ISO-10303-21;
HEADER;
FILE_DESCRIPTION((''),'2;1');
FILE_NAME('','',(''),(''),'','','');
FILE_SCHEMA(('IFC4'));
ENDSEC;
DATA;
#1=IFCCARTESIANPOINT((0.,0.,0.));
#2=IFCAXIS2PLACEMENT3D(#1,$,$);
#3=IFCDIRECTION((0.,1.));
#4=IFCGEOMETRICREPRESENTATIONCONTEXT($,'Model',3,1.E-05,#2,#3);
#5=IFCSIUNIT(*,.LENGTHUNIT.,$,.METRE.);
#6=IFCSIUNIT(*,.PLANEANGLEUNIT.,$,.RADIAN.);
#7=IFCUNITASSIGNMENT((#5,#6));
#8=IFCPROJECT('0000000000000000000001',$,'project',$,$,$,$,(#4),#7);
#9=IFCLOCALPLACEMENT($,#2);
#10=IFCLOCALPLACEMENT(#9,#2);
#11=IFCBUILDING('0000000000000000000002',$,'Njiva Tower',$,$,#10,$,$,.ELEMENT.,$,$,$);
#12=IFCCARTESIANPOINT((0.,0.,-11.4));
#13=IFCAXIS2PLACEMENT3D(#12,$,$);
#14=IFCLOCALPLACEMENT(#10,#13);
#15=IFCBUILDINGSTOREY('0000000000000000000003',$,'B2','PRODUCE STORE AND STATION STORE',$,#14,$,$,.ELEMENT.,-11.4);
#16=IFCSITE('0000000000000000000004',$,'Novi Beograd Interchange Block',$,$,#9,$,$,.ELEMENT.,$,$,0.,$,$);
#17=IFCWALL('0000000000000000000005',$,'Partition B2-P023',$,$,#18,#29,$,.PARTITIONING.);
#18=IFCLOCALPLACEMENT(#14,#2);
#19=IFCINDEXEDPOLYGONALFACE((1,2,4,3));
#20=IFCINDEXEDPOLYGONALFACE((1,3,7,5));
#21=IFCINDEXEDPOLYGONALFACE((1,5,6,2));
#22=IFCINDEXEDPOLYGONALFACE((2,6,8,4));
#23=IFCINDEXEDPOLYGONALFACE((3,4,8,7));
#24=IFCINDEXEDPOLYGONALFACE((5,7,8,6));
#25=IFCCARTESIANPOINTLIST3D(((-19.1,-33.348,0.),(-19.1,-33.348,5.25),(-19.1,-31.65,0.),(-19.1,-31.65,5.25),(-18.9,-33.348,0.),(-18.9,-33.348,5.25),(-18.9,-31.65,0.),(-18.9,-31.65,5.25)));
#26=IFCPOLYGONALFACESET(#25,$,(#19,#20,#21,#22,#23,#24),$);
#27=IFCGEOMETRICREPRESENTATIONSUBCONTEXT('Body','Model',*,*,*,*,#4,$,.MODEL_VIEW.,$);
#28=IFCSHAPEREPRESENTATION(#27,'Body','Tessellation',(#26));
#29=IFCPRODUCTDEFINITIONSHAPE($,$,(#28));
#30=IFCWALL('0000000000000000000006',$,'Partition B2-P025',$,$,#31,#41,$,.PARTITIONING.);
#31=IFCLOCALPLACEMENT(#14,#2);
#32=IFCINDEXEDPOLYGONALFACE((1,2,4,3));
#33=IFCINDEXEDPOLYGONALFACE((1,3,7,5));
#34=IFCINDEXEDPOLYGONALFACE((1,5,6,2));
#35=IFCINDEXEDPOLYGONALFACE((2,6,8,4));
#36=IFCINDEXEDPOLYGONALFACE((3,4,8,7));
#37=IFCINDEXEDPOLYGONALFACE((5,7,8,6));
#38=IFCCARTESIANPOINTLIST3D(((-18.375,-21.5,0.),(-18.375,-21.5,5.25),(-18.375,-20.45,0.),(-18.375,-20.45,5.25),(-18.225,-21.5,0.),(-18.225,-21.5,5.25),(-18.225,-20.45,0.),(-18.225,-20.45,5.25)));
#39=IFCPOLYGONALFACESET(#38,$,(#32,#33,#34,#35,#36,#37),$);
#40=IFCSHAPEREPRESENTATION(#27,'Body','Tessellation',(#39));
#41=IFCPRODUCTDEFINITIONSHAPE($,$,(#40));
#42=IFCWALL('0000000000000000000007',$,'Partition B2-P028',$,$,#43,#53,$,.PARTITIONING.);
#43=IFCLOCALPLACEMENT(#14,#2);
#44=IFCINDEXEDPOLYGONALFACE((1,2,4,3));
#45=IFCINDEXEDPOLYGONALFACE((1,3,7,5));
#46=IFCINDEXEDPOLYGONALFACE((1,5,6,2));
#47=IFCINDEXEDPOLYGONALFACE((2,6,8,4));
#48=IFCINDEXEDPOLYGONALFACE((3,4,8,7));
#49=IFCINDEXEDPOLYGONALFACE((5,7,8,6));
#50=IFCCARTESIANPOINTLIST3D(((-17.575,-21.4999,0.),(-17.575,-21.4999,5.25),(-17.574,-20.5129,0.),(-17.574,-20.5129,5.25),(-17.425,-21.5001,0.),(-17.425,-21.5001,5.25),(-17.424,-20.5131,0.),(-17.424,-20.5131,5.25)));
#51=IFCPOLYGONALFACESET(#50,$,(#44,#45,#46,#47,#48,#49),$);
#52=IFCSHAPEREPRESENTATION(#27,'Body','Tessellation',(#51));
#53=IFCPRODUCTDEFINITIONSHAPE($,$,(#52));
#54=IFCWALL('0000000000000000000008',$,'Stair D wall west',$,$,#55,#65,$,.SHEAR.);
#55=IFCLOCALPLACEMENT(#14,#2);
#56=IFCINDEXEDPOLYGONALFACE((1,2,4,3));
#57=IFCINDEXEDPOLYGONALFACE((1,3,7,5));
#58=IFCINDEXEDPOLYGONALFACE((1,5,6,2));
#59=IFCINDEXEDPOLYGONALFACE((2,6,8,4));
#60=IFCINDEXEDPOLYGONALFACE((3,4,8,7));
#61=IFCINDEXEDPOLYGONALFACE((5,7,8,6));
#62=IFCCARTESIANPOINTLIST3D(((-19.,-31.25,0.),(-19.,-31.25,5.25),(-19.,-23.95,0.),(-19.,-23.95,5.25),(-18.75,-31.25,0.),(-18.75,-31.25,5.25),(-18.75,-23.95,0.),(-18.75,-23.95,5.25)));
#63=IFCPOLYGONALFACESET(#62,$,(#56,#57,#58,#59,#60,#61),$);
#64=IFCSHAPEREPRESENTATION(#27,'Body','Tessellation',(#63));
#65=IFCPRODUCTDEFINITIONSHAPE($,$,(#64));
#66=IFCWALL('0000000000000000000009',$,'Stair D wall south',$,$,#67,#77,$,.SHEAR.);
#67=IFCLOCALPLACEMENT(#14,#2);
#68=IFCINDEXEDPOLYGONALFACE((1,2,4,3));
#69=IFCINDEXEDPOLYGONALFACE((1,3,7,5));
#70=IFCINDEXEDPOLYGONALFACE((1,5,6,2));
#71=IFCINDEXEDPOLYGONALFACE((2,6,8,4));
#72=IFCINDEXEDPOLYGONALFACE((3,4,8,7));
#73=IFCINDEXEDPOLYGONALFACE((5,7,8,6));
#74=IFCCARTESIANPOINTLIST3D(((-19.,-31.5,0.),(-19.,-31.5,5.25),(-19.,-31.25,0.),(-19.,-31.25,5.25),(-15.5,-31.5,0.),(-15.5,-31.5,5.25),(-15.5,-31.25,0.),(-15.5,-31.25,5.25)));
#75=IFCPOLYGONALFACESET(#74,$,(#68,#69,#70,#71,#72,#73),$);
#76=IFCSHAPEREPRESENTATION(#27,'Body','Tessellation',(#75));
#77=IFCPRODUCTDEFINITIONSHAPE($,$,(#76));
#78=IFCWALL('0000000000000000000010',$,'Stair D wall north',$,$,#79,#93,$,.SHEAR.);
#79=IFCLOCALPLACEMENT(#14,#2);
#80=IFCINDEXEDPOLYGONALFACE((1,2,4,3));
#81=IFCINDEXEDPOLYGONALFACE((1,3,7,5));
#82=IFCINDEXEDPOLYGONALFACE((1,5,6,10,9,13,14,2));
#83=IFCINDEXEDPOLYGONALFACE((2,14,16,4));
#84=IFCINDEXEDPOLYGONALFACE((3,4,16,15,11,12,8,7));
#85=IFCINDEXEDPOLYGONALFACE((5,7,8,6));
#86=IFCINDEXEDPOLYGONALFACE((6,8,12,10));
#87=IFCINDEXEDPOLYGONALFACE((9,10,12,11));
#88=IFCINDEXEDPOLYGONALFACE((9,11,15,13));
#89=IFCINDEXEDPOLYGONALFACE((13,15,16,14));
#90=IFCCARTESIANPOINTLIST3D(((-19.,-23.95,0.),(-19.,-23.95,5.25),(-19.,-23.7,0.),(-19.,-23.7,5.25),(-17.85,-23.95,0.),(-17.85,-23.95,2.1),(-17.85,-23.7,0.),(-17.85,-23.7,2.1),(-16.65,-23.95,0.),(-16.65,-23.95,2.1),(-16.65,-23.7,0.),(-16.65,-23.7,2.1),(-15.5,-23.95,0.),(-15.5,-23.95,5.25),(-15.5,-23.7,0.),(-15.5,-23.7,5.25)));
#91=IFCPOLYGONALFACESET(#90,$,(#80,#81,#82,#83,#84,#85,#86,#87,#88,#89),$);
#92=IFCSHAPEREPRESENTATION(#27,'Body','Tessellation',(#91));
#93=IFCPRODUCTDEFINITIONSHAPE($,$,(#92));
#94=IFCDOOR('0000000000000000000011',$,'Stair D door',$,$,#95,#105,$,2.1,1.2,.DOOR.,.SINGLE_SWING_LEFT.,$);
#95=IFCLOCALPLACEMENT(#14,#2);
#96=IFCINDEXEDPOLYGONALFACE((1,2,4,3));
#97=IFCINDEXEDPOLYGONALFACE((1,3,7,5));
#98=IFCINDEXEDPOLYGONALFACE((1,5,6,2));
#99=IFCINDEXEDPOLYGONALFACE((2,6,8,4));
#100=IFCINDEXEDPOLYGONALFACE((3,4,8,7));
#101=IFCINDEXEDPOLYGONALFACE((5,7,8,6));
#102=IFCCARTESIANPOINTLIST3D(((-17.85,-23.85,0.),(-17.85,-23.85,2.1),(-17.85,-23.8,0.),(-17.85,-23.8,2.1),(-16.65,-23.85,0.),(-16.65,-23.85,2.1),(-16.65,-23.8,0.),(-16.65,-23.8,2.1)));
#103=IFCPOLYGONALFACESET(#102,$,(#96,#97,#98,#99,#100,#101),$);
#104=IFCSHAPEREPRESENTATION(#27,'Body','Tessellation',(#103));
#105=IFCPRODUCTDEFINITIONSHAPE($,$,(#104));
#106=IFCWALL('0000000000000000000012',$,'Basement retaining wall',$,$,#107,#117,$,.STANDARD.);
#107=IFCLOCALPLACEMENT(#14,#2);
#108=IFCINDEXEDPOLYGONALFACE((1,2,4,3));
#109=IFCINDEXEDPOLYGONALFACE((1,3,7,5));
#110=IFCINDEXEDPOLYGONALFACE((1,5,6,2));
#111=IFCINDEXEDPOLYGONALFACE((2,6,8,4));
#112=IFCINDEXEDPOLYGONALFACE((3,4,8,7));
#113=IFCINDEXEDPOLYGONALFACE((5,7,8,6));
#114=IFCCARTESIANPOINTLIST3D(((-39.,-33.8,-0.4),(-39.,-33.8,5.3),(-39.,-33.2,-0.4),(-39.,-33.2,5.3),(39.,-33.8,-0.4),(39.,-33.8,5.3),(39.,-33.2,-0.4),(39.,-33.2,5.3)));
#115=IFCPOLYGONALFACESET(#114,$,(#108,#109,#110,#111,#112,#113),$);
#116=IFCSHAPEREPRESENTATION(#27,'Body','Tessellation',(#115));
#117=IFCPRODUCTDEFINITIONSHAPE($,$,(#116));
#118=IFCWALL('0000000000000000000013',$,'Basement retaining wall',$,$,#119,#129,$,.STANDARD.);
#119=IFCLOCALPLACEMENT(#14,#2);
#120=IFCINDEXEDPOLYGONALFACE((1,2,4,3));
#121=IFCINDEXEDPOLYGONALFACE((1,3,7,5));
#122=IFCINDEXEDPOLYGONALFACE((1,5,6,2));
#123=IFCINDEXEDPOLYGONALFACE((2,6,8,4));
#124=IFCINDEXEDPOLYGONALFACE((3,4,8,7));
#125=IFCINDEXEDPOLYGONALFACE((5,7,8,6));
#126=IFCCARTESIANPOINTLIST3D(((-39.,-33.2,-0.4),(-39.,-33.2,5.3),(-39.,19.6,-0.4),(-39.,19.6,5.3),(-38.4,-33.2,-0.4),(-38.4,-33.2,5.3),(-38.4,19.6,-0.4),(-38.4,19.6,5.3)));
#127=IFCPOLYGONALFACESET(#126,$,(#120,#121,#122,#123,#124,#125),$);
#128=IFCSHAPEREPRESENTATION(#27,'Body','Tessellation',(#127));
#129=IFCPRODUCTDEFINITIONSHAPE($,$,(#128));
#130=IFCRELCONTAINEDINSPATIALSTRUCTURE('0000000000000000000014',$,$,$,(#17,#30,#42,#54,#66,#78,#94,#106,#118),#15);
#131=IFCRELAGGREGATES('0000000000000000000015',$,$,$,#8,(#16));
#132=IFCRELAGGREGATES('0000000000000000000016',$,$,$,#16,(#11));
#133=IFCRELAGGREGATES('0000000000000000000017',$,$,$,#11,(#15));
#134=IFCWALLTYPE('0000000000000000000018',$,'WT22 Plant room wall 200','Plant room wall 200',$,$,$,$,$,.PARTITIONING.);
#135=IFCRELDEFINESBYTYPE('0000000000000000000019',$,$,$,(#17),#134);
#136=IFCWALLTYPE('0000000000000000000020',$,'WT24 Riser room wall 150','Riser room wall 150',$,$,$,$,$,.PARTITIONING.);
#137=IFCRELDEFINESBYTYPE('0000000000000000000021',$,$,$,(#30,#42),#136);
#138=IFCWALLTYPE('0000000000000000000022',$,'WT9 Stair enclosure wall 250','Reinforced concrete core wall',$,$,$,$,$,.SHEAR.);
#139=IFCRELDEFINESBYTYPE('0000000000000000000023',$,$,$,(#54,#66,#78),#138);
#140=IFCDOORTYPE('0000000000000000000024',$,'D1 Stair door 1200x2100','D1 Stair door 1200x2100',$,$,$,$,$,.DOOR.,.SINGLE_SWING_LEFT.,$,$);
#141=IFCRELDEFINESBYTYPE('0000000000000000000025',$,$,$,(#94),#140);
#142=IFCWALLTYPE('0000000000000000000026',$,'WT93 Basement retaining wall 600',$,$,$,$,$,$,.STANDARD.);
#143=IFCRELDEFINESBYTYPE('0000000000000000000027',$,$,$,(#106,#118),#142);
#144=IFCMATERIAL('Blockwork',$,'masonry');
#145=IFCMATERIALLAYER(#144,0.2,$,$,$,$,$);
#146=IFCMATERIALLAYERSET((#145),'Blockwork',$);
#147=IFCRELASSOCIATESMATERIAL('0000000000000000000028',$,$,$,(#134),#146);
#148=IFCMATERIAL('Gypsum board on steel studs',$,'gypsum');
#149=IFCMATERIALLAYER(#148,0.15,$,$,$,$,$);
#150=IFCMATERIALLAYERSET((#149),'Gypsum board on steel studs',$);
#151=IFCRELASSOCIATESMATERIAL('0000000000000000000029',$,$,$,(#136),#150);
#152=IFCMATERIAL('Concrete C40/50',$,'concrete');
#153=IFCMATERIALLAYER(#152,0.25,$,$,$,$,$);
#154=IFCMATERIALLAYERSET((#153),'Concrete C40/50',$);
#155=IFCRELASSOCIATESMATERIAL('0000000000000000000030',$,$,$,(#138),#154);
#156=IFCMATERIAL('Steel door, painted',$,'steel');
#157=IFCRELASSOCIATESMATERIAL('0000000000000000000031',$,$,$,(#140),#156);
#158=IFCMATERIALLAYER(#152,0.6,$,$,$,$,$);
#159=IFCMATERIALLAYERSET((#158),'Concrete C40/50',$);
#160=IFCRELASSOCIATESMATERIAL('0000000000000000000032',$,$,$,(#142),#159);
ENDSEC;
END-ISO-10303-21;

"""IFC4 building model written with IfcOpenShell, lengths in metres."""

from ifc_helpers import new_model, si_unit, direction, frame, frame_2d, origin, place, context, subcontext, project, spatial, rectangle, extrude, material, layer, layer_set, type_object, element, fill, save


model = new_model("IFC4")

# Units and contexts
model_context = context("Model", 3, precision=1e-05, world=origin(), true_north=direction((0.0, 1.0)))
body_context = subcontext(model_context, "Body", "Model", "MODEL_VIEW")
ifc_project = project(units=[si_unit("LENGTHUNIT", "METRE"), si_unit("PLANEANGLEUNIT", "RADIAN")], contexts=[model_context])

# Site, building, storey
site_placement = place(None, origin())
site = spatial("IfcSite", under=ifc_project, at=site_placement, Name="Novi Beograd Interchange Block", CompositionType="ELEMENT", RefElevation=0.0)
building_placement = place(site_placement, origin())
building = spatial("IfcBuilding", under=site, at=building_placement, Name="Njiva Tower", CompositionType="ELEMENT")
storey_placement = place(building_placement, frame((0.0, 0.0, -11.4)))
storey = spatial("IfcBuildingStorey", under=building, at=storey_placement, Name="B2", Description="PRODUCE STORE AND STATION STORE", CompositionType="ELEMENT", Elevation=-11.4)

# Shared definitions
ifc_material_1 = material(Name="Gypsum board on steel studs", Category="gypsum")

# Walls
ifc_material_2 = material(Name="Blockwork", Category="masonry")
ifc_layer_1 = layer(ifc_material_2, 0.2)
ifc_layer_set_1 = layer_set([ifc_layer_1], Name="Blockwork")
wall_type_1 = type_object("IfcWallType", Name="WT22 Plant room wall 200", Description="Plant room wall 200", PredefinedType="PARTITIONING", material=ifc_layer_set_1)
wall_1_placement = place(storey_placement, frame((-19.0, -33.348, 0.0), z_axis=(0.0, 0.0, 1.0), x_axis=(0.0, 1.0, 0.0)))
element("IfcWall", 1, at=wall_1_placement, inside=storey, type_object=wall_type_1, Name="Partition B2-P023", PredefinedType="PARTITIONING", context=body_context, shape_type="SweptSolid", body=[
    extrude(rectangle(XDim=1.698, YDim=0.2, at=frame_2d((0.849, 0.0))), origin(), (0.0, 0.0, 1.0), 5.25),
])
ifc_layer_2 = layer(ifc_material_1, 0.15)
ifc_layer_set_2 = layer_set([ifc_layer_2], Name="Gypsum board on steel studs")
wall_type_2 = type_object("IfcWallType", Name="WT24 Riser room wall 150", Description="Riser room wall 150", PredefinedType="PARTITIONING", material=ifc_layer_set_2)
wall_2_placement = place(storey_placement, frame((-18.3, -21.5, 0.0), z_axis=(0.0, 0.0, 1.0), x_axis=(0.0, 1.0, 0.0)))
element("IfcWall", 2, at=wall_2_placement, inside=storey, type_object=wall_type_2, Name="Partition B2-P025", PredefinedType="PARTITIONING", context=body_context, shape_type="SweptSolid", body=[
    extrude(rectangle(XDim=1.05, YDim=0.15, at=frame_2d((0.525, 0.0))), origin(), (0.0, 0.0, 1.0), 5.25),
])
wall_3_placement = place(storey_placement, frame((-17.5, -21.5, 0.0), z_axis=(0.0, 0.0, 1.0), x_axis=(0.001013, 0.999999, 0.0)))
element("IfcWall", 3, at=wall_3_placement, inside=storey, type_object=wall_type_2, Name="Partition B2-P028", PredefinedType="PARTITIONING", context=body_context, shape_type="SweptSolid", body=[
    extrude(rectangle(XDim=0.987, YDim=0.15, at=frame_2d((0.4935, 0.0))), origin(), (0.0, 0.0, 1.0), 5.25),
])
ifc_material_3 = material(Name="Concrete C40/50", Category="concrete")
ifc_layer_3 = layer(ifc_material_3, 0.25)
ifc_layer_set_3 = layer_set([ifc_layer_3], Name="Concrete C40/50")
wall_type_3 = type_object("IfcWallType", Name="WT9 Stair enclosure wall 250", Description="Reinforced concrete core wall", PredefinedType="SHEAR", material=ifc_layer_set_3)
wall_4_placement = place(storey_placement, frame((-18.875, -31.25, 0.0), z_axis=(0.0, 0.0, 1.0), x_axis=(0.0, 1.0, 0.0)))
element("IfcWall", 4, at=wall_4_placement, inside=storey, type_object=wall_type_3, Name="Stair D wall west", PredefinedType="SHEAR", context=body_context, shape_type="SweptSolid", body=[
    extrude(rectangle(XDim=7.3, YDim=0.25, at=frame_2d((3.65, 0.0))), origin(), (0.0, 0.0, 1.0), 5.25),
])
wall_5_placement = place(storey_placement, frame((-19.0, -31.375, 0.0), z_axis=(0.0, 0.0, 1.0), x_axis=(1.0, 0.0, 0.0)))
element("IfcWall", 5, at=wall_5_placement, inside=storey, type_object=wall_type_3, Name="Stair D wall south", PredefinedType="SHEAR", context=body_context, shape_type="SweptSolid", body=[
    extrude(rectangle(XDim=3.5, YDim=0.25, at=frame_2d((1.75, 0.0))), origin(), (0.0, 0.0, 1.0), 5.25),
])

# Wall, opening, door
wall_6_placement = place(storey_placement, frame((-19.0, -23.825, 0.0), z_axis=(0.0, 0.0, 1.0), x_axis=(1.0, 0.0, 0.0)))
wall_6 = element("IfcWall", 6, at=wall_6_placement, inside=storey, type_object=wall_type_3, Name="Stair D wall north", PredefinedType="SHEAR", context=body_context, shape_type="SweptSolid", body=[
    extrude(rectangle(XDim=3.5, YDim=0.25, at=frame_2d((1.75, 0.0))), origin(), (0.0, 0.0, 1.0), 5.25),
])
opening_1_placement = place(wall_6_placement, frame((1.15, 0.0, 0.0)))
opening_1 = element("IfcOpeningElement", 7, at=opening_1_placement, cuts=wall_6, PredefinedType="OPENING", context=body_context, shape_type="SweptSolid", body=[
    extrude(rectangle(XDim=1.2, YDim=2.1, at=frame_2d((0.6, 1.05))), frame((0.0, 0.135, 0.0), z_axis=(0.0, -1.0, 0.0), x_axis=(1.0, 0.0, 0.0)), (0.0, 0.0, 1.0), 0.27),
])
ifc_material_4 = material(Name="Steel door, painted", Category="steel")
door_type_1 = type_object("IfcDoorType", Name="D1 Stair door 1200x2100", Description="D1 Stair door 1200x2100", OperationType="SINGLE_SWING_LEFT", PredefinedType="DOOR", material=ifc_material_4)
door_1_placement = place(opening_1_placement, origin())
door_1 = element("IfcDoor", 8, at=door_1_placement, inside=storey, type_object=door_type_1, Name="Stair D door", OperationType="SINGLE_SWING_LEFT", OverallHeight=2.1, OverallWidth=1.2, PredefinedType="DOOR", context=body_context, shape_type="SweptSolid", body=[
    extrude(rectangle(XDim=1.2, YDim=2.1, at=frame_2d((0.6, 1.05))), frame((0.0, 0.025, 0.0), z_axis=(0.0, -1.0, 0.0), x_axis=(1.0, 0.0, 0.0)), (0.0, 0.0, 1.0), 0.05),
])
fill(opening_1, door_1)

# Walls
ifc_layer_4 = layer(ifc_material_3, 0.6)
ifc_layer_set_4 = layer_set([ifc_layer_4], Name="Concrete C40/50")
wall_type_4 = type_object("IfcWallType", Name="WT93 Basement retaining wall 600", PredefinedType="STANDARD", material=ifc_layer_set_4)
wall_7_placement = place(storey_placement, frame((-39.0, -33.5, -0.4), z_axis=(0.0, 0.0, 1.0), x_axis=(1.0, 0.0, 0.0)))
element("IfcWall", 9, at=wall_7_placement, inside=storey, type_object=wall_type_4, Name="Basement retaining wall", PredefinedType="STANDARD", context=body_context, shape_type="SweptSolid", body=[
    extrude(rectangle(XDim=78.0, YDim=0.6, at=frame_2d((39.0, 0.0))), origin(), (0.0, 0.0, 1.0), 5.7),
])
wall_8_placement = place(storey_placement, frame((-38.7, -33.2, -0.4), z_axis=(0.0, 0.0, 1.0), x_axis=(0.0, 1.0, 0.0)))
element("IfcWall", 10, at=wall_8_placement, inside=storey, type_object=wall_type_4, Name="Basement retaining wall", PredefinedType="STANDARD", context=body_context, shape_type="SweptSolid", body=[
    extrude(rectangle(XDim=52.8, YDim=0.6, at=frame_2d((26.4, 0.0))), origin(), (0.0, 0.0, 1.0), 5.7),
])

save(model, "model.ifc")
